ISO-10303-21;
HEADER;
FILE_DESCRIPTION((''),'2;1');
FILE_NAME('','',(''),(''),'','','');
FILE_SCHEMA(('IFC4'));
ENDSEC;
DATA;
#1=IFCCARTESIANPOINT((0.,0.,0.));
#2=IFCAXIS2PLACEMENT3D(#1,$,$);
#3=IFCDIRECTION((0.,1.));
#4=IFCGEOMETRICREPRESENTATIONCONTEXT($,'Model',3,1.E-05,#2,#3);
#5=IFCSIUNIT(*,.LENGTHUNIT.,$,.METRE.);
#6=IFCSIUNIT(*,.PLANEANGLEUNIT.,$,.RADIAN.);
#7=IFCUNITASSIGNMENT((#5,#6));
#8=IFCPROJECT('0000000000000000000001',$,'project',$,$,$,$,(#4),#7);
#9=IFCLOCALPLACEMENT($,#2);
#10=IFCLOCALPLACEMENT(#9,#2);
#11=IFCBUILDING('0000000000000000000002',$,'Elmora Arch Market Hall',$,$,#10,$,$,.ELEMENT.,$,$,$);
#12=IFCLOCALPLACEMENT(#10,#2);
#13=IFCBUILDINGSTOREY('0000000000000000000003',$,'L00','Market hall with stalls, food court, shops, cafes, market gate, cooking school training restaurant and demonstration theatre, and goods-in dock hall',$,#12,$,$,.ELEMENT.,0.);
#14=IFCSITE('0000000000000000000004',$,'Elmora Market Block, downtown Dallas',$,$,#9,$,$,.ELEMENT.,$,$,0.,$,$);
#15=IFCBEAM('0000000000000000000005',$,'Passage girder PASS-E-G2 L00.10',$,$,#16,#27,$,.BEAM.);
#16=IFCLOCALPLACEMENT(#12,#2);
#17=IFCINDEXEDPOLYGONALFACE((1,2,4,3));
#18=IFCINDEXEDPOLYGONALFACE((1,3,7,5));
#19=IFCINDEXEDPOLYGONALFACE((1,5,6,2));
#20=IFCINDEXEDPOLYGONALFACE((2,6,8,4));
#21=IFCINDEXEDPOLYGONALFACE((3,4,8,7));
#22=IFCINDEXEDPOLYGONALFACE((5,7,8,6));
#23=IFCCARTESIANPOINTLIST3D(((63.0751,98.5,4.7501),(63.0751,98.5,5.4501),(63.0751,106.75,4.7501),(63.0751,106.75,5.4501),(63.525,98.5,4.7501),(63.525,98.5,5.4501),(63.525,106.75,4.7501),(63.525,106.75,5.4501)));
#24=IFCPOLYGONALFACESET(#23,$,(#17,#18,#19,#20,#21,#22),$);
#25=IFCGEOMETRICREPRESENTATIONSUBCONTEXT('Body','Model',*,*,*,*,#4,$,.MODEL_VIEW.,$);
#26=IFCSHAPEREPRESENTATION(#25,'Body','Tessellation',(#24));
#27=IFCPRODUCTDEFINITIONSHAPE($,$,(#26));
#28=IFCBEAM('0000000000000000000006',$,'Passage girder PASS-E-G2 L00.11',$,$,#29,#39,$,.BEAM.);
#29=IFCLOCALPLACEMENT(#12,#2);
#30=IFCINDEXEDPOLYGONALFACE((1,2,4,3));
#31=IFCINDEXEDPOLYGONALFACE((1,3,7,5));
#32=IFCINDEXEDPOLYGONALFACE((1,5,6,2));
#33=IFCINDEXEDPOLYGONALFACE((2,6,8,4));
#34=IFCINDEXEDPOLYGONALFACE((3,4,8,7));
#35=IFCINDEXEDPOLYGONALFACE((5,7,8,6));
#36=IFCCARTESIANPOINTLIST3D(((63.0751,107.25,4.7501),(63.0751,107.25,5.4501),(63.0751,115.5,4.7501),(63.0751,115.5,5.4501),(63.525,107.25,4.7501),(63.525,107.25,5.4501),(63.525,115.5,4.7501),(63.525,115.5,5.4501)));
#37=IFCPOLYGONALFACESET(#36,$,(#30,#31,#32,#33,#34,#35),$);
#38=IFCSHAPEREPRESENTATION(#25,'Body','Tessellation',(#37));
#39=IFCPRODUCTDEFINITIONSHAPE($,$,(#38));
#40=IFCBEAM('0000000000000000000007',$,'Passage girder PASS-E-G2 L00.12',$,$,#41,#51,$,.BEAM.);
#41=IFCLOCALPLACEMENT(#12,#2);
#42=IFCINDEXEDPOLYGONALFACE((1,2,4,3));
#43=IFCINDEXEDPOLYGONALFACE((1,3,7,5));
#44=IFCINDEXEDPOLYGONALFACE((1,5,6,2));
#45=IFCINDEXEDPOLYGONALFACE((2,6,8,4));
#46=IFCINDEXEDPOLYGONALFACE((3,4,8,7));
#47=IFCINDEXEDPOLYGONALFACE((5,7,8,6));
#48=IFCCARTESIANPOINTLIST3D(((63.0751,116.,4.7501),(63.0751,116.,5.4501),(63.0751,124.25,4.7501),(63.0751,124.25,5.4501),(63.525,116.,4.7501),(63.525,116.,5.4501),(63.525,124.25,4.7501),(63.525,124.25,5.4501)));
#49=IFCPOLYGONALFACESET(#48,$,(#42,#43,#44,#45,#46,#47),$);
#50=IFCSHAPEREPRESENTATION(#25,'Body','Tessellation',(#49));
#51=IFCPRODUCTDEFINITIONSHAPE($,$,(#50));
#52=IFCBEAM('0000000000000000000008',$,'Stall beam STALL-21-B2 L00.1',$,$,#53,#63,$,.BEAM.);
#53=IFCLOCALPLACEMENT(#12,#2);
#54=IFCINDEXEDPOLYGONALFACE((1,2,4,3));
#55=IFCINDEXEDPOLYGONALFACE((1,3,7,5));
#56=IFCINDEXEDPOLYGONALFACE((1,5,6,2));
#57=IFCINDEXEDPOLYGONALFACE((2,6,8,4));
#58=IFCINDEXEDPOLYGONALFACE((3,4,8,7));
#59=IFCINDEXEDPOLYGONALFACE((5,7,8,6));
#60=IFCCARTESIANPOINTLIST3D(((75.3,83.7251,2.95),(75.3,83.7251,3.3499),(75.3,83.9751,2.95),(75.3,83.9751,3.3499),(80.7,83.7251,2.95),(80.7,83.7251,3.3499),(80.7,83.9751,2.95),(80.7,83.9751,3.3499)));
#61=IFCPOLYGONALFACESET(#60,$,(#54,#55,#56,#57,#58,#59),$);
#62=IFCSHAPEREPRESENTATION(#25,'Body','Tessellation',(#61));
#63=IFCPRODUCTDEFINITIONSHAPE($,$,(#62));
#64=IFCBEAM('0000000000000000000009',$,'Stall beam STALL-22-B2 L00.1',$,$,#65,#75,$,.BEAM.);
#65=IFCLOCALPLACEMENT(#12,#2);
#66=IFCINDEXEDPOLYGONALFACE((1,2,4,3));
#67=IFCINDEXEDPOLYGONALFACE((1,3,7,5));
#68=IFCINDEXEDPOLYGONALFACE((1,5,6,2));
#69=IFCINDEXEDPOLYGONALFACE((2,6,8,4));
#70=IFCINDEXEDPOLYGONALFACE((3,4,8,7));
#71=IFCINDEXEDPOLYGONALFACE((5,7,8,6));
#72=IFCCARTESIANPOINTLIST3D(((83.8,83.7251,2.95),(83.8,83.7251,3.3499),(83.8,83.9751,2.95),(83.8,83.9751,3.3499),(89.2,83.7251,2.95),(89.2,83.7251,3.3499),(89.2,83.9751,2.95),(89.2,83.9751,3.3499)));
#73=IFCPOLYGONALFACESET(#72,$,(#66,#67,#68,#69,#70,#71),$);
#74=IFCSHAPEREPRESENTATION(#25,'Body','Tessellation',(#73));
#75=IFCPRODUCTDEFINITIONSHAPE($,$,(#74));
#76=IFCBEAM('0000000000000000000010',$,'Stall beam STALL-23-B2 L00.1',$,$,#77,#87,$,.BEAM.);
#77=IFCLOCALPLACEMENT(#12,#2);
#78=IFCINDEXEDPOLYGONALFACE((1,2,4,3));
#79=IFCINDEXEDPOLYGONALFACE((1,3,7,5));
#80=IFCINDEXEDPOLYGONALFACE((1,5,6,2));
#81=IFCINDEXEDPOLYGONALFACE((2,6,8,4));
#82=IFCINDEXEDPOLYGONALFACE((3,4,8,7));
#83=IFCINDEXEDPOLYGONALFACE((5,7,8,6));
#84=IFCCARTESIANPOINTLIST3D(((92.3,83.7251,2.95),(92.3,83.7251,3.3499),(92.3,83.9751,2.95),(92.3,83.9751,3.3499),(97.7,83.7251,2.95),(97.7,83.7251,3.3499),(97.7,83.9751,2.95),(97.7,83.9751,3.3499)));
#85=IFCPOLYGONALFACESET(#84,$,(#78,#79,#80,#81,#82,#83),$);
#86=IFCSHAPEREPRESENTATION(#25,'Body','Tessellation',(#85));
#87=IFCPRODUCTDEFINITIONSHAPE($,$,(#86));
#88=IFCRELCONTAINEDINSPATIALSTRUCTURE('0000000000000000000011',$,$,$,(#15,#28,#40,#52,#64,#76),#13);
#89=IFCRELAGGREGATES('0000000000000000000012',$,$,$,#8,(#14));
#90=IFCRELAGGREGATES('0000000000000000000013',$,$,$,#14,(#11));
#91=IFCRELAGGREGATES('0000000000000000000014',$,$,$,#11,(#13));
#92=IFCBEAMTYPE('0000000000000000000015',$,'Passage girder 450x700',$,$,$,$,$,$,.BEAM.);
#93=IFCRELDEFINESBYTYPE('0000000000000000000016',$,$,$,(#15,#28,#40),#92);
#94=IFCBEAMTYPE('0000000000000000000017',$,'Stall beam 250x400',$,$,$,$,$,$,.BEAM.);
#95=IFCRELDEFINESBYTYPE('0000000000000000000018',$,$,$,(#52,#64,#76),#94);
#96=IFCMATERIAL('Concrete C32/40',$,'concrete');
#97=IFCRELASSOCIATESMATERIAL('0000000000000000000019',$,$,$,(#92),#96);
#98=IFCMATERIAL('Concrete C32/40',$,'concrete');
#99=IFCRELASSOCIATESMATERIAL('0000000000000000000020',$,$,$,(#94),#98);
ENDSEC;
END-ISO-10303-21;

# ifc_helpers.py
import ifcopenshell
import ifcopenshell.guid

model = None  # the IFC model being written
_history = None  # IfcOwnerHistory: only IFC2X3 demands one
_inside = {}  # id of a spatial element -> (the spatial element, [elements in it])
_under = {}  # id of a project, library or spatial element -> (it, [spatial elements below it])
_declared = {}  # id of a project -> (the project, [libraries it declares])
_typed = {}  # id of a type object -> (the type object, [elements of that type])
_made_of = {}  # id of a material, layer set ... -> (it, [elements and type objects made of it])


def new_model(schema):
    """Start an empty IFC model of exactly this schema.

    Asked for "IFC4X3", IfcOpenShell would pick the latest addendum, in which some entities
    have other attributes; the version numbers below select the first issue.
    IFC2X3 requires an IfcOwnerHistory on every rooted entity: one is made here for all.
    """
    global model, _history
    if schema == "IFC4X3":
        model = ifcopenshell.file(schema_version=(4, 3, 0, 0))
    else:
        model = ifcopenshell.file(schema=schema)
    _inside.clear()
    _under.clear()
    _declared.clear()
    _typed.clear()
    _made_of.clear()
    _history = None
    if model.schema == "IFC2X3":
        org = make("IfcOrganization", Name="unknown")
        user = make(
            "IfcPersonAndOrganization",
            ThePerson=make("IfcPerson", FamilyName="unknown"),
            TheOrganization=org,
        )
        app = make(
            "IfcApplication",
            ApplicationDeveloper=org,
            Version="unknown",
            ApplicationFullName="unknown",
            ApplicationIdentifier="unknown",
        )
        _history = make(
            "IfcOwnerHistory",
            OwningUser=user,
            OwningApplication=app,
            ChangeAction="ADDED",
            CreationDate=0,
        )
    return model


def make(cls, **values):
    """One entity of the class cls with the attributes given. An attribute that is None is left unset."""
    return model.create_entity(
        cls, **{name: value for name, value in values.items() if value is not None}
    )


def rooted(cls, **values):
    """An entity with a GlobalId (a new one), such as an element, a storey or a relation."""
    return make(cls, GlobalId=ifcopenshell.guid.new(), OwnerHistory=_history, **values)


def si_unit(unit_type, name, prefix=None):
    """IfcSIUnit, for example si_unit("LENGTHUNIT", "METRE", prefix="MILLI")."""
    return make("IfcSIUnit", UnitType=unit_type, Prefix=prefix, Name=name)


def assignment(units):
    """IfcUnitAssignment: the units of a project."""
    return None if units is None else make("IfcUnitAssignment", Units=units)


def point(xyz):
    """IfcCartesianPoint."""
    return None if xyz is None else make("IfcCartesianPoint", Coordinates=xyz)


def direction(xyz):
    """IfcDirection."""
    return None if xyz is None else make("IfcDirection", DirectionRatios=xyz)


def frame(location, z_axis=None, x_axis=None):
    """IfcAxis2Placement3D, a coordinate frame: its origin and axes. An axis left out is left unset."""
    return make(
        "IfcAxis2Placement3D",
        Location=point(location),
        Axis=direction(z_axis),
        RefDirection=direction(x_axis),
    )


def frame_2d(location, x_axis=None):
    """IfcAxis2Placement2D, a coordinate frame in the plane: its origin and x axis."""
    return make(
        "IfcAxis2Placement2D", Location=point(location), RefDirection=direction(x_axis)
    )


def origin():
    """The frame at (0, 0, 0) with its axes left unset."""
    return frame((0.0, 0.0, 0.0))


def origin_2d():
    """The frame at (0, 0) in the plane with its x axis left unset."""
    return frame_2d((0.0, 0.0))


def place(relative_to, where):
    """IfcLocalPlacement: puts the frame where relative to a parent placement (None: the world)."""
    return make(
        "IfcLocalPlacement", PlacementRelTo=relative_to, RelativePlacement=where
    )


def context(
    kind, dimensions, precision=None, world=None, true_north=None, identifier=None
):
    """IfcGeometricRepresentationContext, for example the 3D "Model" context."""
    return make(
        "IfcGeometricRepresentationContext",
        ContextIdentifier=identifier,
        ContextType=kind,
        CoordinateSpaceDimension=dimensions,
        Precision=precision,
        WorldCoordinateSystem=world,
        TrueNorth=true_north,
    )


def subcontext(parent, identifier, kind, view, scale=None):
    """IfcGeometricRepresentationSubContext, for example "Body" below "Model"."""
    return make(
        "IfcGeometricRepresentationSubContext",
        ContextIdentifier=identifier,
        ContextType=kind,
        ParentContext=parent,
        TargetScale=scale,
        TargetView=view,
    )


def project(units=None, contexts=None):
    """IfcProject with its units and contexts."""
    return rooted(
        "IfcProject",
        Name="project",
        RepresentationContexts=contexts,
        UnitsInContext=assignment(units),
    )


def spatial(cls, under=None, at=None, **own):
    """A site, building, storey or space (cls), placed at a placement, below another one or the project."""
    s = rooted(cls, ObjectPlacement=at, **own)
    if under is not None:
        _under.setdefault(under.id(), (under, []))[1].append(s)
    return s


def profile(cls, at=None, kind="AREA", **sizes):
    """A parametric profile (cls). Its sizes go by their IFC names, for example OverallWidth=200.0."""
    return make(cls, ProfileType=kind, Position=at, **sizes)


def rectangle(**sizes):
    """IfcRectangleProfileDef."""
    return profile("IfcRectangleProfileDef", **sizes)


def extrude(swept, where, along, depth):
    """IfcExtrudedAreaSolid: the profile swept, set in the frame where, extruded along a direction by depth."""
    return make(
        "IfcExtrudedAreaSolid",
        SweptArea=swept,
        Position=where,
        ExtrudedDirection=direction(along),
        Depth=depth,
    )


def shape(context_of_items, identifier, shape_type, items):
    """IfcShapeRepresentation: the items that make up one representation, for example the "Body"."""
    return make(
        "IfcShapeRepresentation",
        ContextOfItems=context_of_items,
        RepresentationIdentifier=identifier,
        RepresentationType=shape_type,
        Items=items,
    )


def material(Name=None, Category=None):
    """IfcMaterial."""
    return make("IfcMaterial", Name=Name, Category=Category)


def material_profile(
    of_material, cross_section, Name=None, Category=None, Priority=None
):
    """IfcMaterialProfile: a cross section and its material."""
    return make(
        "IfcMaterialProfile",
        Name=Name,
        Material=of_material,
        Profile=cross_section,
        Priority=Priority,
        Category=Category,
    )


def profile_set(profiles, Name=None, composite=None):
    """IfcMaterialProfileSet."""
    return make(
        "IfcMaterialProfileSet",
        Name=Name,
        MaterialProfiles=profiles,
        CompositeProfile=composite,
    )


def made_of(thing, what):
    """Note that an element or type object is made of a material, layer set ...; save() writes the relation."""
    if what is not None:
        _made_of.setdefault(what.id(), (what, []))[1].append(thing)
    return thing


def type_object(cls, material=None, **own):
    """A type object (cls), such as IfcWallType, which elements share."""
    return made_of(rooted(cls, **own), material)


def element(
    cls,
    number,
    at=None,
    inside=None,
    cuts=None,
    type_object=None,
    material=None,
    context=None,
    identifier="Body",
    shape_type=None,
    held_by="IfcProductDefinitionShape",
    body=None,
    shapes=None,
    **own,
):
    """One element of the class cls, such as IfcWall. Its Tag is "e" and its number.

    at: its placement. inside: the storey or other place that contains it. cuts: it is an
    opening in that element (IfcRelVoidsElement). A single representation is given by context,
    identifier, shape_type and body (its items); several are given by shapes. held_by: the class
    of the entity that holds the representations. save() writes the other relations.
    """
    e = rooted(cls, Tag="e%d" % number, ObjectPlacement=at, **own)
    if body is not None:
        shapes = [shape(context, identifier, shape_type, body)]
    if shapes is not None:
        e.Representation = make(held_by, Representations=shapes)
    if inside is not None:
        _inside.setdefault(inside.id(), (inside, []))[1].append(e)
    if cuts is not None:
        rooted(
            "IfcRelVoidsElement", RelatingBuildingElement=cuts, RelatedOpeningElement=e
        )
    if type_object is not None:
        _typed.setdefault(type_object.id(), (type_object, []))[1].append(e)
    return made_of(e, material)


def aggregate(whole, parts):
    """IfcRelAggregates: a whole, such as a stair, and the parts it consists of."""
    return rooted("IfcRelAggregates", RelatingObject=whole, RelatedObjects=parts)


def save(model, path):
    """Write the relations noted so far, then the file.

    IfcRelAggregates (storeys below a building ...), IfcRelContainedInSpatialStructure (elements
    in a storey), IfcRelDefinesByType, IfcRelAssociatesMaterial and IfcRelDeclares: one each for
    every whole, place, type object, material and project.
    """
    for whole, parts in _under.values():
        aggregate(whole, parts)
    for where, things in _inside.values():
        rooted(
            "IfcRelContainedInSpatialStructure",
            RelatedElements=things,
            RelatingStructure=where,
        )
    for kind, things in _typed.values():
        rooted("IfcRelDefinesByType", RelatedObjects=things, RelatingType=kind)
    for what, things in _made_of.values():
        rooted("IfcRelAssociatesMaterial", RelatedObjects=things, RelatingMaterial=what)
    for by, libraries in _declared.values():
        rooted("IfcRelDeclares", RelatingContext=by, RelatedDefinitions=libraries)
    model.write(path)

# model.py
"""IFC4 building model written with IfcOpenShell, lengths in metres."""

from ifc_helpers import new_model, si_unit, direction, frame, origin, origin_2d, place, context, subcontext, project, spatial, rectangle, extrude, material, material_profile, profile_set, type_object, element, save


model = new_model("IFC4")

# Units and contexts
model_context = context("Model", 3, precision=1e-05, world=origin(), true_north=direction((0.0, 1.0)))
body_context = subcontext(model_context, "Body", "Model", "MODEL_VIEW")
ifc_project = project(units=[si_unit("LENGTHUNIT", "METRE"), si_unit("PLANEANGLEUNIT", "RADIAN")], contexts=[model_context])

# Site, building, storey
site_placement = place(None, origin())
site = spatial("IfcSite", under=ifc_project, at=site_placement, Name="Elmora Market Block, downtown Dallas", CompositionType="ELEMENT", RefElevation=0.0)
building_placement = place(site_placement, origin())
building = spatial("IfcBuilding", under=site, at=building_placement, Name="Elmora Arch Market Hall", CompositionType="ELEMENT")
storey_placement = place(building_placement, origin())
storey = spatial("IfcBuildingStorey", under=building, at=storey_placement, Name="L00", Description="Market hall with stalls, food court, shops, cafes, market gate, cooking school training restaurant and demonstration theatre, and goods-in dock hall", CompositionType="ELEMENT", Elevation=0.0)

# Beams
ifc_material_1 = material(Name="Concrete C32/40", Category="concrete")
ifc_material_profile_1 = material_profile(ifc_material_1, rectangle(XDim=0.45, YDim=0.7, at=origin_2d()), Name="Passage girder 450x700")
ifc_profile_set_1 = profile_set([ifc_material_profile_1], Name="Concrete C32/40")
beam_type_1 = type_object("IfcBeamType", Name="Passage girder 450x700", PredefinedType="BEAM", material=ifc_profile_set_1)
for number, where, z_axis, x_axis, name in (
    (1, (63.3, 98.5, 5.1001), (0.0, 1.0, 0.0), (-1.0, 0.0, 0.0), "Passage girder PASS-E-G2 L00.10"),
    (2, (63.3, 107.25, 5.1001), (0.0, 1.0, 0.0), (-1.0, 0.0, 0.0), "Passage girder PASS-E-G2 L00.11"),
    (3, (63.3, 116.0, 5.1001), (0.0, 1.0, 0.0), (-1.0, 0.0, 0.0), "Passage girder PASS-E-G2 L00.12"),
):
    element("IfcBeam", number, at=place(storey_placement, frame(where, z_axis=z_axis, x_axis=x_axis)), inside=storey, type_object=beam_type_1, Name=name, PredefinedType="BEAM", context=body_context, shape_type="SweptSolid", body=[
        extrude(rectangle(XDim=0.45, YDim=0.7, at=origin_2d()), origin(), (0.0, 0.0, 1.0), 8.25),
    ])
ifc_material_2 = material(Name="Concrete C32/40", Category="concrete")
ifc_material_profile_2 = material_profile(ifc_material_2, rectangle(XDim=0.25, YDim=0.3999, at=origin_2d()), Name="Stall beam 250x400")
ifc_profile_set_2 = profile_set([ifc_material_profile_2], Name="Concrete C32/40")
beam_type_2 = type_object("IfcBeamType", Name="Stall beam 250x400", PredefinedType="BEAM", material=ifc_profile_set_2)
for number, where, z_axis, x_axis, name in (
    (4, (75.3, 83.8501, 3.1499), (1.0, 0.0, 0.0), (0.0, 1.0, 0.0), "Stall beam STALL-21-B2 L00.1"),
    (5, (83.8, 83.8501, 3.1499), (1.0, 0.0, 0.0), (0.0, 1.0, 0.0), "Stall beam STALL-22-B2 L00.1"),
    (6, (92.3, 83.8501, 3.1499), (1.0, 0.0, 0.0), (0.0, 1.0, 0.0), "Stall beam STALL-23-B2 L00.1"),
):
    element("IfcBeam", number, at=place(storey_placement, frame(where, z_axis=z_axis, x_axis=x_axis)), inside=storey, type_object=beam_type_2, Name=name, PredefinedType="BEAM", context=body_context, shape_type="SweptSolid", body=[
        extrude(rectangle(XDim=0.25, YDim=0.3999, at=origin_2d()), origin(), (0.0, 0.0, 1.0), 5.3999),
    ])

save(model, "model.ifc")
